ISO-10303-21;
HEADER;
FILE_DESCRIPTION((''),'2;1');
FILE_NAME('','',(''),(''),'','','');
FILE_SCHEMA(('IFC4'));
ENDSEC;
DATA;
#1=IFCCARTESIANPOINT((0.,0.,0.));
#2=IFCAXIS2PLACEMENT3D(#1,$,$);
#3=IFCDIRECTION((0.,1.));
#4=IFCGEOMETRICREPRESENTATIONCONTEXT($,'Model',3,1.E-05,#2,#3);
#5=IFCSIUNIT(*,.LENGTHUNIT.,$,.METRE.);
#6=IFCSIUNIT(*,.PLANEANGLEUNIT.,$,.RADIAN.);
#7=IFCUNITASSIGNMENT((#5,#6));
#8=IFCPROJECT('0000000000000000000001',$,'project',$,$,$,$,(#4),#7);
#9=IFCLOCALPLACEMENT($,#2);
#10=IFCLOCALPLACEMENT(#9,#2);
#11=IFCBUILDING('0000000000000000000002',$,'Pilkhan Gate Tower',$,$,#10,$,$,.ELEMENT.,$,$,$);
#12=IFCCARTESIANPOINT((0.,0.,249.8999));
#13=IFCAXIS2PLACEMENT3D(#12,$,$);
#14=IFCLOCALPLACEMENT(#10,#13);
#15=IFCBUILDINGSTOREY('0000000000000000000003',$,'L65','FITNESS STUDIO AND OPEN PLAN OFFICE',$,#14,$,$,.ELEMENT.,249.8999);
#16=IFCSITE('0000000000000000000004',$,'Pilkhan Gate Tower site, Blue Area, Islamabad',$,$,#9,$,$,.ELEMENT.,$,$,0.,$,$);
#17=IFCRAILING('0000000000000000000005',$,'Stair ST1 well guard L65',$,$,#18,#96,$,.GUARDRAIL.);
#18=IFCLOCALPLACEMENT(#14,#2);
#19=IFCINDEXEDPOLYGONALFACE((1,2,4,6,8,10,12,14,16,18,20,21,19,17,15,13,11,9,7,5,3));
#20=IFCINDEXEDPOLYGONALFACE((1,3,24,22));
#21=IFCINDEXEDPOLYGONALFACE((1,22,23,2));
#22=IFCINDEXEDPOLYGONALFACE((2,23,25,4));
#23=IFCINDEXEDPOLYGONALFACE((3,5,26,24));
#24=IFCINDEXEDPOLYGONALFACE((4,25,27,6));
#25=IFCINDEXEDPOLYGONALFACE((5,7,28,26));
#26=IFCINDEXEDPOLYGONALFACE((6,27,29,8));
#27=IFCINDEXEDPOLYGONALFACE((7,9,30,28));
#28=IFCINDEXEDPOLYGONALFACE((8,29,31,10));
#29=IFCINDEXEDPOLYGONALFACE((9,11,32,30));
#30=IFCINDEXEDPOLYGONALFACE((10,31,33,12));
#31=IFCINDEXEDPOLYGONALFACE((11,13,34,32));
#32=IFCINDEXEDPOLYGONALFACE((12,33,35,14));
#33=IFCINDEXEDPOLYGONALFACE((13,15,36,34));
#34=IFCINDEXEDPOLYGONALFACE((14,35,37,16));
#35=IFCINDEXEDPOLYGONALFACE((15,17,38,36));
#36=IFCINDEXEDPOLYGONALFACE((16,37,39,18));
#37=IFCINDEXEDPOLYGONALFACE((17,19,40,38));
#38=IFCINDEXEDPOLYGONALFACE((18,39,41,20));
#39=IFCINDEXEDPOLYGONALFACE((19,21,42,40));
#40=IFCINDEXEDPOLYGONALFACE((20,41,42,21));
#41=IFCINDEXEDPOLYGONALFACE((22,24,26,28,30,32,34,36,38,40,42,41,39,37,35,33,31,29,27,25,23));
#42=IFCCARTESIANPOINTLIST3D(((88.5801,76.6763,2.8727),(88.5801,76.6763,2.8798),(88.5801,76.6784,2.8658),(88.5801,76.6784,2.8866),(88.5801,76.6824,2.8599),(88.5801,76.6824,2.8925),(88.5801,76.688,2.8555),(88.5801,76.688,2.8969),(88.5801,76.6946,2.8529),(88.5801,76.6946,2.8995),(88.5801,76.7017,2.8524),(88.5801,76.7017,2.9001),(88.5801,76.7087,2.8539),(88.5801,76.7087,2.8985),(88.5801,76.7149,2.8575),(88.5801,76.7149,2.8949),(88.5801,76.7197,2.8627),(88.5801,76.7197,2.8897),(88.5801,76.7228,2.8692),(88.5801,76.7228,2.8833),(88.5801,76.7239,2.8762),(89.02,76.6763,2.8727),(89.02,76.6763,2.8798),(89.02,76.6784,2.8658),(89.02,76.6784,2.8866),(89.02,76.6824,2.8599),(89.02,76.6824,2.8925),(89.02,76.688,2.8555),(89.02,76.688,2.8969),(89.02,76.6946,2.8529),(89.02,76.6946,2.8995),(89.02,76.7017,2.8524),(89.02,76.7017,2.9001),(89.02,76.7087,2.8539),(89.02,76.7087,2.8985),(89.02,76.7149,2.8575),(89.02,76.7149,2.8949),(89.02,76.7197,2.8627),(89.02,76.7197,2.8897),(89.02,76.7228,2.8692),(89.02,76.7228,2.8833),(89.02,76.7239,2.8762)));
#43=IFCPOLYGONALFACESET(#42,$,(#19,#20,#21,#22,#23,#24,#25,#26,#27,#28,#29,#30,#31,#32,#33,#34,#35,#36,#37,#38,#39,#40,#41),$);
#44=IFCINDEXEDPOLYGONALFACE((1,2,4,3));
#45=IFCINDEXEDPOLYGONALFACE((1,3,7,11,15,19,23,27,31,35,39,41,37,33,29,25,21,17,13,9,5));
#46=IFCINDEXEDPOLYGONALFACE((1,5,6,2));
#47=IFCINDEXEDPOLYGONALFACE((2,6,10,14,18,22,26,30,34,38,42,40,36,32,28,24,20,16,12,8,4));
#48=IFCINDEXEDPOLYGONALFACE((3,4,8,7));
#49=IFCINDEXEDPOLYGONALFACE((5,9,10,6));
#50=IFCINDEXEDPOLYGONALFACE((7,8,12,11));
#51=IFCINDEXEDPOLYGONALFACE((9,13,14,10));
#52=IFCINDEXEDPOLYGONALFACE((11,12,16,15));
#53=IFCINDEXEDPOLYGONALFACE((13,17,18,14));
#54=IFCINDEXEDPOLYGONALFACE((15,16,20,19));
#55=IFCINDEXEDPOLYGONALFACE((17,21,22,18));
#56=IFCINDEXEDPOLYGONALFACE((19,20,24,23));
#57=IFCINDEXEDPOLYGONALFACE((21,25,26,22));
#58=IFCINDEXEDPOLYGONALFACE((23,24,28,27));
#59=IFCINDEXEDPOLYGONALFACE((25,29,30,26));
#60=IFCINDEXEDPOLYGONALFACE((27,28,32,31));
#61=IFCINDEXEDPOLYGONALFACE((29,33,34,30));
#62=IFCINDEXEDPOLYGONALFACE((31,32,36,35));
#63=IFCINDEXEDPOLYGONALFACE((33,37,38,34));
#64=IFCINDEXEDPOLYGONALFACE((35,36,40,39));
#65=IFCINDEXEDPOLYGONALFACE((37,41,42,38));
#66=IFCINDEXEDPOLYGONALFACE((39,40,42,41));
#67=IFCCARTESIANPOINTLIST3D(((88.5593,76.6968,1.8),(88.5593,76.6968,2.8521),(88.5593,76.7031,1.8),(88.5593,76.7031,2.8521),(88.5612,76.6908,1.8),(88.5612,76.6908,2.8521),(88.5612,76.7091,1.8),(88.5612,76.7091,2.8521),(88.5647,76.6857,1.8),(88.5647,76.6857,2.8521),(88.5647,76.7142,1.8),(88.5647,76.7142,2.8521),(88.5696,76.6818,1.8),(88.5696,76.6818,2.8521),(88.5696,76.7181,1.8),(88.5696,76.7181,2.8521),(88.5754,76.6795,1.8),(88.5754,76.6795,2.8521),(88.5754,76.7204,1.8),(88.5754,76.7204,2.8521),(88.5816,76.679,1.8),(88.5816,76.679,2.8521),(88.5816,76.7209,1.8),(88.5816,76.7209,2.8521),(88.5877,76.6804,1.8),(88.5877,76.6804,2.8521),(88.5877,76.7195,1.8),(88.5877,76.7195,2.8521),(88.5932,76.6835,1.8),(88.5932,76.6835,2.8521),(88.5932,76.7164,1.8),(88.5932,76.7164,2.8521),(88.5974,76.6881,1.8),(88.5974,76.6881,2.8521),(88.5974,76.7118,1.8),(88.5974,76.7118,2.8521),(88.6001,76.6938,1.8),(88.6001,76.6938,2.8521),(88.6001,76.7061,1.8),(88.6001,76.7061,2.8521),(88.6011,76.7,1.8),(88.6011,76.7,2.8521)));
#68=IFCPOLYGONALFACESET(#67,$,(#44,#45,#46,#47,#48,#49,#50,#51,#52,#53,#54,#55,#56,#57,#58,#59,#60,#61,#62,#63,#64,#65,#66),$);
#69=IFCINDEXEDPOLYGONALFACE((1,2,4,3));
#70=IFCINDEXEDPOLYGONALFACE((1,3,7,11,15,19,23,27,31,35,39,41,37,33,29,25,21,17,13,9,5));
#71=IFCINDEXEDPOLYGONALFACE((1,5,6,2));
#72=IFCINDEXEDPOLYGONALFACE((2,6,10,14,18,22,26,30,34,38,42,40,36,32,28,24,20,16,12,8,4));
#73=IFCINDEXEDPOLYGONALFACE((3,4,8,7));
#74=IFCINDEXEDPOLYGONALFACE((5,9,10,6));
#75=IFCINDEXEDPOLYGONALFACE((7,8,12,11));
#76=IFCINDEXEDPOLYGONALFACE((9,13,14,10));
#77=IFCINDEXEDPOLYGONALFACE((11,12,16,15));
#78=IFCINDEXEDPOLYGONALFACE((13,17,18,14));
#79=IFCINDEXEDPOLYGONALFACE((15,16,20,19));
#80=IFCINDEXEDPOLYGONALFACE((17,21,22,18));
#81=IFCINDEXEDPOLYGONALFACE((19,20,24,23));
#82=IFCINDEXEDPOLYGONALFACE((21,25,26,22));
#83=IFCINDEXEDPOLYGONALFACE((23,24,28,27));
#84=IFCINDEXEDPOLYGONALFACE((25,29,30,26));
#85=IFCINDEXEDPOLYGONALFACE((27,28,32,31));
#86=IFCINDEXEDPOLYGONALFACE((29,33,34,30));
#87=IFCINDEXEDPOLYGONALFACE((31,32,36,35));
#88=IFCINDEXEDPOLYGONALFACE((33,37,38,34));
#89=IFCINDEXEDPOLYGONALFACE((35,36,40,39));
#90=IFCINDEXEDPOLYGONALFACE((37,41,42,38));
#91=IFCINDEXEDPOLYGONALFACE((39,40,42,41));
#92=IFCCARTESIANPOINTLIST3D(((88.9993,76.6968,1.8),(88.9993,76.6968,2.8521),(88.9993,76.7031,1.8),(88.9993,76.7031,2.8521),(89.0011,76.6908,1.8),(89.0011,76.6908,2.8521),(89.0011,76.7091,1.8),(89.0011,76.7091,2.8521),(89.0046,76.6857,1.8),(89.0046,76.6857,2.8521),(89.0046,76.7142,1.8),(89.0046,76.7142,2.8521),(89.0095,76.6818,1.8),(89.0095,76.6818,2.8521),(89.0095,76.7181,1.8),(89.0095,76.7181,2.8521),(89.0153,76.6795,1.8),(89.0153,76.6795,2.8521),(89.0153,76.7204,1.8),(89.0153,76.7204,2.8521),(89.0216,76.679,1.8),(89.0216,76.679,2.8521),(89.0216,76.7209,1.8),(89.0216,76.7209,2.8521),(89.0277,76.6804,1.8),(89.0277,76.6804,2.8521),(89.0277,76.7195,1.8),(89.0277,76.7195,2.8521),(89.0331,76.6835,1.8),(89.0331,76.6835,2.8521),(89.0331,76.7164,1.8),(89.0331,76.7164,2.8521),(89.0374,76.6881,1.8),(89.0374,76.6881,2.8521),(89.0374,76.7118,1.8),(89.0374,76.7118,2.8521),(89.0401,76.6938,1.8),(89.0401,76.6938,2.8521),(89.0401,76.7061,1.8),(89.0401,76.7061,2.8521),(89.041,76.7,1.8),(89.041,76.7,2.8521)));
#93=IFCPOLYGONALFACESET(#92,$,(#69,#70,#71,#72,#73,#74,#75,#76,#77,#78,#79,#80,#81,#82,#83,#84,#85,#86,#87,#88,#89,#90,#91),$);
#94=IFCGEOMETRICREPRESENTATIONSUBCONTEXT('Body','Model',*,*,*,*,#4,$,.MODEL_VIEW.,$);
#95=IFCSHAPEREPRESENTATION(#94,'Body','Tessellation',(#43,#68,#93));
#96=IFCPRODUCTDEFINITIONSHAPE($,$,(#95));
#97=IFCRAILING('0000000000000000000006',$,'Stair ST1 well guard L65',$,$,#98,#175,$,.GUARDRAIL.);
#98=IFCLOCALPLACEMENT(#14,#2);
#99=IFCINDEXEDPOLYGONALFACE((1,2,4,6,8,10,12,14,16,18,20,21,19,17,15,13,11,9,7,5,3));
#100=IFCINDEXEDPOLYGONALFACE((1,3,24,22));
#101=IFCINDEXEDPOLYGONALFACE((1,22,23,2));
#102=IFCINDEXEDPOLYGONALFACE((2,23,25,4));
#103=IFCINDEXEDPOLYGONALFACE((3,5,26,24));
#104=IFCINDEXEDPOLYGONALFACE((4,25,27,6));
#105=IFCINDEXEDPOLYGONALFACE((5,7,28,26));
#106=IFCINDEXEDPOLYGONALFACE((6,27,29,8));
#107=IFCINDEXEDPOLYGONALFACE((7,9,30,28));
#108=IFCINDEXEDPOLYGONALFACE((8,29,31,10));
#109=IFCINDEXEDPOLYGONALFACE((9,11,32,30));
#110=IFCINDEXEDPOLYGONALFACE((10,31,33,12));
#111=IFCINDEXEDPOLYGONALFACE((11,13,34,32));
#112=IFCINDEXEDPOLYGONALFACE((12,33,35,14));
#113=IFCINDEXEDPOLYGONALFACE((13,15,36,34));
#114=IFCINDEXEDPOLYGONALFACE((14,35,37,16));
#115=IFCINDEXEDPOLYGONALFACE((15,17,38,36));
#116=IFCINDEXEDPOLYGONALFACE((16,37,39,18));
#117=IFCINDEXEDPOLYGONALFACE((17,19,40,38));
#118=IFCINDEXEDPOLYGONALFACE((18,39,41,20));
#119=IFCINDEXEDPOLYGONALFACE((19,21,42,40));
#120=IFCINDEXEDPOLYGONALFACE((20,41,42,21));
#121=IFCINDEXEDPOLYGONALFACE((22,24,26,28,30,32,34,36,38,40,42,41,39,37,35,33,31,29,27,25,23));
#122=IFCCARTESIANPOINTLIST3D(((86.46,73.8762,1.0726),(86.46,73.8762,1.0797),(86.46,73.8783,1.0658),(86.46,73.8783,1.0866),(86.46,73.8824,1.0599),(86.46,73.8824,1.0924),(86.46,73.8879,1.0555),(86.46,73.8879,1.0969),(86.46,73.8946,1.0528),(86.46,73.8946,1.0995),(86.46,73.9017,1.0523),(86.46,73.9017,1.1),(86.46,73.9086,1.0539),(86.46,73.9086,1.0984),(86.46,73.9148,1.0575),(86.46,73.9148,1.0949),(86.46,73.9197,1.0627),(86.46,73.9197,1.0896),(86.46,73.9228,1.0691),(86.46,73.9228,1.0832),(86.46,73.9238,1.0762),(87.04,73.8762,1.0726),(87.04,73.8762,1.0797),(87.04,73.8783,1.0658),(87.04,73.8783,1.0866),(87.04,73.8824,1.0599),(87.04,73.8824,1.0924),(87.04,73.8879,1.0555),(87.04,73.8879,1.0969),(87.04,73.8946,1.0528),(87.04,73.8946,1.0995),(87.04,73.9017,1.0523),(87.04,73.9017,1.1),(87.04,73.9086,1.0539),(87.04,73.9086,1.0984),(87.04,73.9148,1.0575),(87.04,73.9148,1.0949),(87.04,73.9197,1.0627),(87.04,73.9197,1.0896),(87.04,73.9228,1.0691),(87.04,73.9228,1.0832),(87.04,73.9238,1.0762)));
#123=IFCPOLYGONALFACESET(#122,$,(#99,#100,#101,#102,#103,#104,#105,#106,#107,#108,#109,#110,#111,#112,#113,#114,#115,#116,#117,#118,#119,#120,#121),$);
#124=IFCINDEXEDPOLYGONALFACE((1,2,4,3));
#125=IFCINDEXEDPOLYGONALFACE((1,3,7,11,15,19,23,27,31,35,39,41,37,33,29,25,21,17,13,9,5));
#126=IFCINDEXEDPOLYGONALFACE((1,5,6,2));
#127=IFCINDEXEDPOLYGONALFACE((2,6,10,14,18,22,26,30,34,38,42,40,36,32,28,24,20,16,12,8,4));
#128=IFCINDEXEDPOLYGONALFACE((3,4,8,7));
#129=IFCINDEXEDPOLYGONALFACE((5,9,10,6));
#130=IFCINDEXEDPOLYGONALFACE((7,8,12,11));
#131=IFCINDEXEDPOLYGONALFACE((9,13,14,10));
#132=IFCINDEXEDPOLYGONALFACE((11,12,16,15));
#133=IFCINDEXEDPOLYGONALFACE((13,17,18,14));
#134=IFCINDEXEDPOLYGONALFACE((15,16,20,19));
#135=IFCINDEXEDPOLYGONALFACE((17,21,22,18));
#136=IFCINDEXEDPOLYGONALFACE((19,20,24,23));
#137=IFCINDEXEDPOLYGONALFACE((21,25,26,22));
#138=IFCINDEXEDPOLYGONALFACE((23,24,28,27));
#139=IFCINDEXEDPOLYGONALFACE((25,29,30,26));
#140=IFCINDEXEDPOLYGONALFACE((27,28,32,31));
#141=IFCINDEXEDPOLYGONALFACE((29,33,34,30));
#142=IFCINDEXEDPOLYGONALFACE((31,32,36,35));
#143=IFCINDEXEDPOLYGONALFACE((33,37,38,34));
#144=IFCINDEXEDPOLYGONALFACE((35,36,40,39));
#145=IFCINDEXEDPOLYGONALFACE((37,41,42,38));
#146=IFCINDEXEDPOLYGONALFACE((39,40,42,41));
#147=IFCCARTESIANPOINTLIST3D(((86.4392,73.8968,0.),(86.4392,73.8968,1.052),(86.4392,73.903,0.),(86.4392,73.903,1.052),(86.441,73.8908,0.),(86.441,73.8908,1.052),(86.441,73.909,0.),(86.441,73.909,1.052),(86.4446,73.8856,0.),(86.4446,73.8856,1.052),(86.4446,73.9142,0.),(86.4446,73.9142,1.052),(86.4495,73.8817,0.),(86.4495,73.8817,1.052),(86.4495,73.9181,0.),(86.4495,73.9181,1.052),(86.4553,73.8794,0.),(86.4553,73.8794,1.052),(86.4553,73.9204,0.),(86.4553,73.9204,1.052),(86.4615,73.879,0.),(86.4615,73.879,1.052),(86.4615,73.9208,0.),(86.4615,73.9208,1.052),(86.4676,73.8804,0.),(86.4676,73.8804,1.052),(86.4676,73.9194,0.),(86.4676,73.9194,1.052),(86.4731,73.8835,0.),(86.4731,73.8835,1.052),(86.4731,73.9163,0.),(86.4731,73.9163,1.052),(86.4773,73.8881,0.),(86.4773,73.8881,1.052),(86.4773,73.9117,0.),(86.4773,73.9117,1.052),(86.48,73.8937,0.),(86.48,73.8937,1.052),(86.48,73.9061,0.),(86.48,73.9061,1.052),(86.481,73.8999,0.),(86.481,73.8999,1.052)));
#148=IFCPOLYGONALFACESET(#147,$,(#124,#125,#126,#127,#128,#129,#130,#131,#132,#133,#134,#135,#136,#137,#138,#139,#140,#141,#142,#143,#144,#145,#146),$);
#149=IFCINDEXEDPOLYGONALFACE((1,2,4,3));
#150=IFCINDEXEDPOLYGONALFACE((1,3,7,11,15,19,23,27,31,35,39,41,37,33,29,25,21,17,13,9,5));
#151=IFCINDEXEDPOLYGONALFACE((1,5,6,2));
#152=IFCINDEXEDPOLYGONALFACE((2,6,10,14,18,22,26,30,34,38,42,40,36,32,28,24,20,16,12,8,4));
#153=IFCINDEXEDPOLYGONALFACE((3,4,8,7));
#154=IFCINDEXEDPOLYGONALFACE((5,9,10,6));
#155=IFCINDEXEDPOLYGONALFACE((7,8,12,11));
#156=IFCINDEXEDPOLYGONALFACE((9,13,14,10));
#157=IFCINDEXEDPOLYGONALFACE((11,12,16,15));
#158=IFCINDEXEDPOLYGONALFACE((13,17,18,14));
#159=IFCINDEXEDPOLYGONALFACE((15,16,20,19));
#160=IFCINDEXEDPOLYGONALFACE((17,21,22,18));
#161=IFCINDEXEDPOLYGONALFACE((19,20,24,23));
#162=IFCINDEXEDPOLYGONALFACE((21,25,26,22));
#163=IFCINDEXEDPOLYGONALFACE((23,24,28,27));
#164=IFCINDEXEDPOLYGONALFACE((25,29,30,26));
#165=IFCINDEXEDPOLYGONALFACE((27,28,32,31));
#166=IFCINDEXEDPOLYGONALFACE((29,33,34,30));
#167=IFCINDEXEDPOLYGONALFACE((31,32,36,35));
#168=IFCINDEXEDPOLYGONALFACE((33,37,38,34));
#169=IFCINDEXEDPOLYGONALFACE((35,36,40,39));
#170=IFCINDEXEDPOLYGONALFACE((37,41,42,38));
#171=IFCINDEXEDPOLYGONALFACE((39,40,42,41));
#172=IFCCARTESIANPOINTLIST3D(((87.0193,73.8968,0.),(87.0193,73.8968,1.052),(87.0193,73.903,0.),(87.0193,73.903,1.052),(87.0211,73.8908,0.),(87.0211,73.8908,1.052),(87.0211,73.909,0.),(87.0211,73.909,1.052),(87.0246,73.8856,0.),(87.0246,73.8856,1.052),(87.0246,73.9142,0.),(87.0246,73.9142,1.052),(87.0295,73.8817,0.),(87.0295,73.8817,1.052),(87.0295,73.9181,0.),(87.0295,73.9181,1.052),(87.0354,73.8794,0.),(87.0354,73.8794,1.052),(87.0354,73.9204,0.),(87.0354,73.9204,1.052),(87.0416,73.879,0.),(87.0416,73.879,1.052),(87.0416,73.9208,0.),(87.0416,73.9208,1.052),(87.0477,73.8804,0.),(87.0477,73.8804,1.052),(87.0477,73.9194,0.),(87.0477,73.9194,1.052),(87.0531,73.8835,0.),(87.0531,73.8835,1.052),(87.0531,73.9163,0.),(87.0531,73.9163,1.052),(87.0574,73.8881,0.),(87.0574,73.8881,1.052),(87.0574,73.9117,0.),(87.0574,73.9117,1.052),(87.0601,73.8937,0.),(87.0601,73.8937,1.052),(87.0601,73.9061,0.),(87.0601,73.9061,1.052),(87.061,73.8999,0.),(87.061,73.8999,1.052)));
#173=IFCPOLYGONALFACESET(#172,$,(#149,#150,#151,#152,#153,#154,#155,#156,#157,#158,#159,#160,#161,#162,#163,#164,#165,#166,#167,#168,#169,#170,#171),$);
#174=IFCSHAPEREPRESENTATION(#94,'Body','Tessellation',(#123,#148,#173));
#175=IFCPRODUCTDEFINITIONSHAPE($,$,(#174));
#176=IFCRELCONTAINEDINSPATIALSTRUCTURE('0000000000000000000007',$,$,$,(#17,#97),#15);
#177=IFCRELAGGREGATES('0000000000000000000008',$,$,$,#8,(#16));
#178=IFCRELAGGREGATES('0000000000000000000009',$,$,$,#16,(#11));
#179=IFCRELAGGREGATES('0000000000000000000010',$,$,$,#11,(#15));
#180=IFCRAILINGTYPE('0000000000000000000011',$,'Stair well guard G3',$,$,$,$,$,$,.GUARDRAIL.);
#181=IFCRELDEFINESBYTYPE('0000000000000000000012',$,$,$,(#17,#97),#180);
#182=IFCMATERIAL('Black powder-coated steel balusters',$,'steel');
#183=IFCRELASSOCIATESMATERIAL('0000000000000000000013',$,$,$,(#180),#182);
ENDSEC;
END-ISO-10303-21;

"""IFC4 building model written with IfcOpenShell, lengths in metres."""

from ifc_helpers import new_model, si_unit, direction, frame, origin, origin_2d, place, context, subcontext, project, spatial, circle, extrude, material, type_object, element, save


model = new_model("IFC4")

# Units and contexts
model_context = context("Model", 3, precision=1e-05, world=origin(), true_north=direction((0.0, 1.0)))
body_context = subcontext(model_context, "Body", "Model", "MODEL_VIEW")
ifc_project = project(units=[si_unit("LENGTHUNIT", "METRE"), si_unit("PLANEANGLEUNIT", "RADIAN")], contexts=[model_context])

# Site, building, storey
site_placement = place(None, origin())
site = spatial("IfcSite", under=ifc_project, at=site_placement, Name="Pilkhan Gate Tower site, Blue Area, Islamabad", CompositionType="ELEMENT", RefElevation=0.0)
building_placement = place(site_placement, origin())
building = spatial("IfcBuilding", under=site, at=building_placement, Name="Pilkhan Gate Tower", CompositionType="ELEMENT")
storey_placement = place(building_placement, frame((0.0, 0.0, 249.8999)))
storey = spatial("IfcBuildingStorey", under=building, at=storey_placement, Name="L65", Description="FITNESS STUDIO AND OPEN PLAN OFFICE", CompositionType="ELEMENT", Elevation=249.8999)

# Railings
ifc_material_1 = material(Name="Black powder-coated steel balusters", Category="steel")
railing_type_1 = type_object("IfcRailingType", Name="Stair well guard G3", PredefinedType="GUARDRAIL", material=ifc_material_1)
railing_1_placement = place(storey_placement, frame((88.5801, 76.7, 1.8)))
element("IfcRailing", 1, at=railing_1_placement, inside=storey, type_object=railing_type_1, Name="Stair ST1 well guard L65", PredefinedType="GUARDRAIL", context=body_context, shape_type="SweptSolid", body=[
    extrude(circle(Radius=0.0239, at=origin_2d()), frame((0.0, 0.0, 1.0762), z_axis=(1.0, 0.0, 0.0), x_axis=(0.0, 1.0, 0.0)), (0.0, 0.0, 1.0), 0.4399),
    extrude(circle(Radius=0.021, at=origin_2d()), origin(), (0.0, 0.0, 1.0), 1.052),
    extrude(circle(Radius=0.021, at=origin_2d()), frame((0.4399, 0.0, 0.0)), (0.0, 0.0, 1.0), 1.052),
])
for number, where, name in (
    (2, (86.46, 73.8999, 0.0), "Stair ST1 well guard L65"),
):
    element("IfcRailing", number, at=place(storey_placement, frame(where)), inside=storey, type_object=railing_type_1, Name=name, PredefinedType="GUARDRAIL", context=body_context, shape_type="SweptSolid", body=[
        extrude(circle(Radius=0.0239, at=origin_2d()), frame((0.0, 0.0, 1.0762), z_axis=(1.0, 0.0, 0.0), x_axis=(0.0, 1.0, 0.0)), (0.0, 0.0, 1.0), 0.5801),
        extrude(circle(Radius=0.021, at=origin_2d()), origin(), (0.0, 0.0, 1.0), 1.052),
        extrude(circle(Radius=0.021, at=origin_2d()), frame((0.5801, 0.0, 0.0)), (0.0, 0.0, 1.0), 1.052),
    ])

save(model, "model.ifc")
